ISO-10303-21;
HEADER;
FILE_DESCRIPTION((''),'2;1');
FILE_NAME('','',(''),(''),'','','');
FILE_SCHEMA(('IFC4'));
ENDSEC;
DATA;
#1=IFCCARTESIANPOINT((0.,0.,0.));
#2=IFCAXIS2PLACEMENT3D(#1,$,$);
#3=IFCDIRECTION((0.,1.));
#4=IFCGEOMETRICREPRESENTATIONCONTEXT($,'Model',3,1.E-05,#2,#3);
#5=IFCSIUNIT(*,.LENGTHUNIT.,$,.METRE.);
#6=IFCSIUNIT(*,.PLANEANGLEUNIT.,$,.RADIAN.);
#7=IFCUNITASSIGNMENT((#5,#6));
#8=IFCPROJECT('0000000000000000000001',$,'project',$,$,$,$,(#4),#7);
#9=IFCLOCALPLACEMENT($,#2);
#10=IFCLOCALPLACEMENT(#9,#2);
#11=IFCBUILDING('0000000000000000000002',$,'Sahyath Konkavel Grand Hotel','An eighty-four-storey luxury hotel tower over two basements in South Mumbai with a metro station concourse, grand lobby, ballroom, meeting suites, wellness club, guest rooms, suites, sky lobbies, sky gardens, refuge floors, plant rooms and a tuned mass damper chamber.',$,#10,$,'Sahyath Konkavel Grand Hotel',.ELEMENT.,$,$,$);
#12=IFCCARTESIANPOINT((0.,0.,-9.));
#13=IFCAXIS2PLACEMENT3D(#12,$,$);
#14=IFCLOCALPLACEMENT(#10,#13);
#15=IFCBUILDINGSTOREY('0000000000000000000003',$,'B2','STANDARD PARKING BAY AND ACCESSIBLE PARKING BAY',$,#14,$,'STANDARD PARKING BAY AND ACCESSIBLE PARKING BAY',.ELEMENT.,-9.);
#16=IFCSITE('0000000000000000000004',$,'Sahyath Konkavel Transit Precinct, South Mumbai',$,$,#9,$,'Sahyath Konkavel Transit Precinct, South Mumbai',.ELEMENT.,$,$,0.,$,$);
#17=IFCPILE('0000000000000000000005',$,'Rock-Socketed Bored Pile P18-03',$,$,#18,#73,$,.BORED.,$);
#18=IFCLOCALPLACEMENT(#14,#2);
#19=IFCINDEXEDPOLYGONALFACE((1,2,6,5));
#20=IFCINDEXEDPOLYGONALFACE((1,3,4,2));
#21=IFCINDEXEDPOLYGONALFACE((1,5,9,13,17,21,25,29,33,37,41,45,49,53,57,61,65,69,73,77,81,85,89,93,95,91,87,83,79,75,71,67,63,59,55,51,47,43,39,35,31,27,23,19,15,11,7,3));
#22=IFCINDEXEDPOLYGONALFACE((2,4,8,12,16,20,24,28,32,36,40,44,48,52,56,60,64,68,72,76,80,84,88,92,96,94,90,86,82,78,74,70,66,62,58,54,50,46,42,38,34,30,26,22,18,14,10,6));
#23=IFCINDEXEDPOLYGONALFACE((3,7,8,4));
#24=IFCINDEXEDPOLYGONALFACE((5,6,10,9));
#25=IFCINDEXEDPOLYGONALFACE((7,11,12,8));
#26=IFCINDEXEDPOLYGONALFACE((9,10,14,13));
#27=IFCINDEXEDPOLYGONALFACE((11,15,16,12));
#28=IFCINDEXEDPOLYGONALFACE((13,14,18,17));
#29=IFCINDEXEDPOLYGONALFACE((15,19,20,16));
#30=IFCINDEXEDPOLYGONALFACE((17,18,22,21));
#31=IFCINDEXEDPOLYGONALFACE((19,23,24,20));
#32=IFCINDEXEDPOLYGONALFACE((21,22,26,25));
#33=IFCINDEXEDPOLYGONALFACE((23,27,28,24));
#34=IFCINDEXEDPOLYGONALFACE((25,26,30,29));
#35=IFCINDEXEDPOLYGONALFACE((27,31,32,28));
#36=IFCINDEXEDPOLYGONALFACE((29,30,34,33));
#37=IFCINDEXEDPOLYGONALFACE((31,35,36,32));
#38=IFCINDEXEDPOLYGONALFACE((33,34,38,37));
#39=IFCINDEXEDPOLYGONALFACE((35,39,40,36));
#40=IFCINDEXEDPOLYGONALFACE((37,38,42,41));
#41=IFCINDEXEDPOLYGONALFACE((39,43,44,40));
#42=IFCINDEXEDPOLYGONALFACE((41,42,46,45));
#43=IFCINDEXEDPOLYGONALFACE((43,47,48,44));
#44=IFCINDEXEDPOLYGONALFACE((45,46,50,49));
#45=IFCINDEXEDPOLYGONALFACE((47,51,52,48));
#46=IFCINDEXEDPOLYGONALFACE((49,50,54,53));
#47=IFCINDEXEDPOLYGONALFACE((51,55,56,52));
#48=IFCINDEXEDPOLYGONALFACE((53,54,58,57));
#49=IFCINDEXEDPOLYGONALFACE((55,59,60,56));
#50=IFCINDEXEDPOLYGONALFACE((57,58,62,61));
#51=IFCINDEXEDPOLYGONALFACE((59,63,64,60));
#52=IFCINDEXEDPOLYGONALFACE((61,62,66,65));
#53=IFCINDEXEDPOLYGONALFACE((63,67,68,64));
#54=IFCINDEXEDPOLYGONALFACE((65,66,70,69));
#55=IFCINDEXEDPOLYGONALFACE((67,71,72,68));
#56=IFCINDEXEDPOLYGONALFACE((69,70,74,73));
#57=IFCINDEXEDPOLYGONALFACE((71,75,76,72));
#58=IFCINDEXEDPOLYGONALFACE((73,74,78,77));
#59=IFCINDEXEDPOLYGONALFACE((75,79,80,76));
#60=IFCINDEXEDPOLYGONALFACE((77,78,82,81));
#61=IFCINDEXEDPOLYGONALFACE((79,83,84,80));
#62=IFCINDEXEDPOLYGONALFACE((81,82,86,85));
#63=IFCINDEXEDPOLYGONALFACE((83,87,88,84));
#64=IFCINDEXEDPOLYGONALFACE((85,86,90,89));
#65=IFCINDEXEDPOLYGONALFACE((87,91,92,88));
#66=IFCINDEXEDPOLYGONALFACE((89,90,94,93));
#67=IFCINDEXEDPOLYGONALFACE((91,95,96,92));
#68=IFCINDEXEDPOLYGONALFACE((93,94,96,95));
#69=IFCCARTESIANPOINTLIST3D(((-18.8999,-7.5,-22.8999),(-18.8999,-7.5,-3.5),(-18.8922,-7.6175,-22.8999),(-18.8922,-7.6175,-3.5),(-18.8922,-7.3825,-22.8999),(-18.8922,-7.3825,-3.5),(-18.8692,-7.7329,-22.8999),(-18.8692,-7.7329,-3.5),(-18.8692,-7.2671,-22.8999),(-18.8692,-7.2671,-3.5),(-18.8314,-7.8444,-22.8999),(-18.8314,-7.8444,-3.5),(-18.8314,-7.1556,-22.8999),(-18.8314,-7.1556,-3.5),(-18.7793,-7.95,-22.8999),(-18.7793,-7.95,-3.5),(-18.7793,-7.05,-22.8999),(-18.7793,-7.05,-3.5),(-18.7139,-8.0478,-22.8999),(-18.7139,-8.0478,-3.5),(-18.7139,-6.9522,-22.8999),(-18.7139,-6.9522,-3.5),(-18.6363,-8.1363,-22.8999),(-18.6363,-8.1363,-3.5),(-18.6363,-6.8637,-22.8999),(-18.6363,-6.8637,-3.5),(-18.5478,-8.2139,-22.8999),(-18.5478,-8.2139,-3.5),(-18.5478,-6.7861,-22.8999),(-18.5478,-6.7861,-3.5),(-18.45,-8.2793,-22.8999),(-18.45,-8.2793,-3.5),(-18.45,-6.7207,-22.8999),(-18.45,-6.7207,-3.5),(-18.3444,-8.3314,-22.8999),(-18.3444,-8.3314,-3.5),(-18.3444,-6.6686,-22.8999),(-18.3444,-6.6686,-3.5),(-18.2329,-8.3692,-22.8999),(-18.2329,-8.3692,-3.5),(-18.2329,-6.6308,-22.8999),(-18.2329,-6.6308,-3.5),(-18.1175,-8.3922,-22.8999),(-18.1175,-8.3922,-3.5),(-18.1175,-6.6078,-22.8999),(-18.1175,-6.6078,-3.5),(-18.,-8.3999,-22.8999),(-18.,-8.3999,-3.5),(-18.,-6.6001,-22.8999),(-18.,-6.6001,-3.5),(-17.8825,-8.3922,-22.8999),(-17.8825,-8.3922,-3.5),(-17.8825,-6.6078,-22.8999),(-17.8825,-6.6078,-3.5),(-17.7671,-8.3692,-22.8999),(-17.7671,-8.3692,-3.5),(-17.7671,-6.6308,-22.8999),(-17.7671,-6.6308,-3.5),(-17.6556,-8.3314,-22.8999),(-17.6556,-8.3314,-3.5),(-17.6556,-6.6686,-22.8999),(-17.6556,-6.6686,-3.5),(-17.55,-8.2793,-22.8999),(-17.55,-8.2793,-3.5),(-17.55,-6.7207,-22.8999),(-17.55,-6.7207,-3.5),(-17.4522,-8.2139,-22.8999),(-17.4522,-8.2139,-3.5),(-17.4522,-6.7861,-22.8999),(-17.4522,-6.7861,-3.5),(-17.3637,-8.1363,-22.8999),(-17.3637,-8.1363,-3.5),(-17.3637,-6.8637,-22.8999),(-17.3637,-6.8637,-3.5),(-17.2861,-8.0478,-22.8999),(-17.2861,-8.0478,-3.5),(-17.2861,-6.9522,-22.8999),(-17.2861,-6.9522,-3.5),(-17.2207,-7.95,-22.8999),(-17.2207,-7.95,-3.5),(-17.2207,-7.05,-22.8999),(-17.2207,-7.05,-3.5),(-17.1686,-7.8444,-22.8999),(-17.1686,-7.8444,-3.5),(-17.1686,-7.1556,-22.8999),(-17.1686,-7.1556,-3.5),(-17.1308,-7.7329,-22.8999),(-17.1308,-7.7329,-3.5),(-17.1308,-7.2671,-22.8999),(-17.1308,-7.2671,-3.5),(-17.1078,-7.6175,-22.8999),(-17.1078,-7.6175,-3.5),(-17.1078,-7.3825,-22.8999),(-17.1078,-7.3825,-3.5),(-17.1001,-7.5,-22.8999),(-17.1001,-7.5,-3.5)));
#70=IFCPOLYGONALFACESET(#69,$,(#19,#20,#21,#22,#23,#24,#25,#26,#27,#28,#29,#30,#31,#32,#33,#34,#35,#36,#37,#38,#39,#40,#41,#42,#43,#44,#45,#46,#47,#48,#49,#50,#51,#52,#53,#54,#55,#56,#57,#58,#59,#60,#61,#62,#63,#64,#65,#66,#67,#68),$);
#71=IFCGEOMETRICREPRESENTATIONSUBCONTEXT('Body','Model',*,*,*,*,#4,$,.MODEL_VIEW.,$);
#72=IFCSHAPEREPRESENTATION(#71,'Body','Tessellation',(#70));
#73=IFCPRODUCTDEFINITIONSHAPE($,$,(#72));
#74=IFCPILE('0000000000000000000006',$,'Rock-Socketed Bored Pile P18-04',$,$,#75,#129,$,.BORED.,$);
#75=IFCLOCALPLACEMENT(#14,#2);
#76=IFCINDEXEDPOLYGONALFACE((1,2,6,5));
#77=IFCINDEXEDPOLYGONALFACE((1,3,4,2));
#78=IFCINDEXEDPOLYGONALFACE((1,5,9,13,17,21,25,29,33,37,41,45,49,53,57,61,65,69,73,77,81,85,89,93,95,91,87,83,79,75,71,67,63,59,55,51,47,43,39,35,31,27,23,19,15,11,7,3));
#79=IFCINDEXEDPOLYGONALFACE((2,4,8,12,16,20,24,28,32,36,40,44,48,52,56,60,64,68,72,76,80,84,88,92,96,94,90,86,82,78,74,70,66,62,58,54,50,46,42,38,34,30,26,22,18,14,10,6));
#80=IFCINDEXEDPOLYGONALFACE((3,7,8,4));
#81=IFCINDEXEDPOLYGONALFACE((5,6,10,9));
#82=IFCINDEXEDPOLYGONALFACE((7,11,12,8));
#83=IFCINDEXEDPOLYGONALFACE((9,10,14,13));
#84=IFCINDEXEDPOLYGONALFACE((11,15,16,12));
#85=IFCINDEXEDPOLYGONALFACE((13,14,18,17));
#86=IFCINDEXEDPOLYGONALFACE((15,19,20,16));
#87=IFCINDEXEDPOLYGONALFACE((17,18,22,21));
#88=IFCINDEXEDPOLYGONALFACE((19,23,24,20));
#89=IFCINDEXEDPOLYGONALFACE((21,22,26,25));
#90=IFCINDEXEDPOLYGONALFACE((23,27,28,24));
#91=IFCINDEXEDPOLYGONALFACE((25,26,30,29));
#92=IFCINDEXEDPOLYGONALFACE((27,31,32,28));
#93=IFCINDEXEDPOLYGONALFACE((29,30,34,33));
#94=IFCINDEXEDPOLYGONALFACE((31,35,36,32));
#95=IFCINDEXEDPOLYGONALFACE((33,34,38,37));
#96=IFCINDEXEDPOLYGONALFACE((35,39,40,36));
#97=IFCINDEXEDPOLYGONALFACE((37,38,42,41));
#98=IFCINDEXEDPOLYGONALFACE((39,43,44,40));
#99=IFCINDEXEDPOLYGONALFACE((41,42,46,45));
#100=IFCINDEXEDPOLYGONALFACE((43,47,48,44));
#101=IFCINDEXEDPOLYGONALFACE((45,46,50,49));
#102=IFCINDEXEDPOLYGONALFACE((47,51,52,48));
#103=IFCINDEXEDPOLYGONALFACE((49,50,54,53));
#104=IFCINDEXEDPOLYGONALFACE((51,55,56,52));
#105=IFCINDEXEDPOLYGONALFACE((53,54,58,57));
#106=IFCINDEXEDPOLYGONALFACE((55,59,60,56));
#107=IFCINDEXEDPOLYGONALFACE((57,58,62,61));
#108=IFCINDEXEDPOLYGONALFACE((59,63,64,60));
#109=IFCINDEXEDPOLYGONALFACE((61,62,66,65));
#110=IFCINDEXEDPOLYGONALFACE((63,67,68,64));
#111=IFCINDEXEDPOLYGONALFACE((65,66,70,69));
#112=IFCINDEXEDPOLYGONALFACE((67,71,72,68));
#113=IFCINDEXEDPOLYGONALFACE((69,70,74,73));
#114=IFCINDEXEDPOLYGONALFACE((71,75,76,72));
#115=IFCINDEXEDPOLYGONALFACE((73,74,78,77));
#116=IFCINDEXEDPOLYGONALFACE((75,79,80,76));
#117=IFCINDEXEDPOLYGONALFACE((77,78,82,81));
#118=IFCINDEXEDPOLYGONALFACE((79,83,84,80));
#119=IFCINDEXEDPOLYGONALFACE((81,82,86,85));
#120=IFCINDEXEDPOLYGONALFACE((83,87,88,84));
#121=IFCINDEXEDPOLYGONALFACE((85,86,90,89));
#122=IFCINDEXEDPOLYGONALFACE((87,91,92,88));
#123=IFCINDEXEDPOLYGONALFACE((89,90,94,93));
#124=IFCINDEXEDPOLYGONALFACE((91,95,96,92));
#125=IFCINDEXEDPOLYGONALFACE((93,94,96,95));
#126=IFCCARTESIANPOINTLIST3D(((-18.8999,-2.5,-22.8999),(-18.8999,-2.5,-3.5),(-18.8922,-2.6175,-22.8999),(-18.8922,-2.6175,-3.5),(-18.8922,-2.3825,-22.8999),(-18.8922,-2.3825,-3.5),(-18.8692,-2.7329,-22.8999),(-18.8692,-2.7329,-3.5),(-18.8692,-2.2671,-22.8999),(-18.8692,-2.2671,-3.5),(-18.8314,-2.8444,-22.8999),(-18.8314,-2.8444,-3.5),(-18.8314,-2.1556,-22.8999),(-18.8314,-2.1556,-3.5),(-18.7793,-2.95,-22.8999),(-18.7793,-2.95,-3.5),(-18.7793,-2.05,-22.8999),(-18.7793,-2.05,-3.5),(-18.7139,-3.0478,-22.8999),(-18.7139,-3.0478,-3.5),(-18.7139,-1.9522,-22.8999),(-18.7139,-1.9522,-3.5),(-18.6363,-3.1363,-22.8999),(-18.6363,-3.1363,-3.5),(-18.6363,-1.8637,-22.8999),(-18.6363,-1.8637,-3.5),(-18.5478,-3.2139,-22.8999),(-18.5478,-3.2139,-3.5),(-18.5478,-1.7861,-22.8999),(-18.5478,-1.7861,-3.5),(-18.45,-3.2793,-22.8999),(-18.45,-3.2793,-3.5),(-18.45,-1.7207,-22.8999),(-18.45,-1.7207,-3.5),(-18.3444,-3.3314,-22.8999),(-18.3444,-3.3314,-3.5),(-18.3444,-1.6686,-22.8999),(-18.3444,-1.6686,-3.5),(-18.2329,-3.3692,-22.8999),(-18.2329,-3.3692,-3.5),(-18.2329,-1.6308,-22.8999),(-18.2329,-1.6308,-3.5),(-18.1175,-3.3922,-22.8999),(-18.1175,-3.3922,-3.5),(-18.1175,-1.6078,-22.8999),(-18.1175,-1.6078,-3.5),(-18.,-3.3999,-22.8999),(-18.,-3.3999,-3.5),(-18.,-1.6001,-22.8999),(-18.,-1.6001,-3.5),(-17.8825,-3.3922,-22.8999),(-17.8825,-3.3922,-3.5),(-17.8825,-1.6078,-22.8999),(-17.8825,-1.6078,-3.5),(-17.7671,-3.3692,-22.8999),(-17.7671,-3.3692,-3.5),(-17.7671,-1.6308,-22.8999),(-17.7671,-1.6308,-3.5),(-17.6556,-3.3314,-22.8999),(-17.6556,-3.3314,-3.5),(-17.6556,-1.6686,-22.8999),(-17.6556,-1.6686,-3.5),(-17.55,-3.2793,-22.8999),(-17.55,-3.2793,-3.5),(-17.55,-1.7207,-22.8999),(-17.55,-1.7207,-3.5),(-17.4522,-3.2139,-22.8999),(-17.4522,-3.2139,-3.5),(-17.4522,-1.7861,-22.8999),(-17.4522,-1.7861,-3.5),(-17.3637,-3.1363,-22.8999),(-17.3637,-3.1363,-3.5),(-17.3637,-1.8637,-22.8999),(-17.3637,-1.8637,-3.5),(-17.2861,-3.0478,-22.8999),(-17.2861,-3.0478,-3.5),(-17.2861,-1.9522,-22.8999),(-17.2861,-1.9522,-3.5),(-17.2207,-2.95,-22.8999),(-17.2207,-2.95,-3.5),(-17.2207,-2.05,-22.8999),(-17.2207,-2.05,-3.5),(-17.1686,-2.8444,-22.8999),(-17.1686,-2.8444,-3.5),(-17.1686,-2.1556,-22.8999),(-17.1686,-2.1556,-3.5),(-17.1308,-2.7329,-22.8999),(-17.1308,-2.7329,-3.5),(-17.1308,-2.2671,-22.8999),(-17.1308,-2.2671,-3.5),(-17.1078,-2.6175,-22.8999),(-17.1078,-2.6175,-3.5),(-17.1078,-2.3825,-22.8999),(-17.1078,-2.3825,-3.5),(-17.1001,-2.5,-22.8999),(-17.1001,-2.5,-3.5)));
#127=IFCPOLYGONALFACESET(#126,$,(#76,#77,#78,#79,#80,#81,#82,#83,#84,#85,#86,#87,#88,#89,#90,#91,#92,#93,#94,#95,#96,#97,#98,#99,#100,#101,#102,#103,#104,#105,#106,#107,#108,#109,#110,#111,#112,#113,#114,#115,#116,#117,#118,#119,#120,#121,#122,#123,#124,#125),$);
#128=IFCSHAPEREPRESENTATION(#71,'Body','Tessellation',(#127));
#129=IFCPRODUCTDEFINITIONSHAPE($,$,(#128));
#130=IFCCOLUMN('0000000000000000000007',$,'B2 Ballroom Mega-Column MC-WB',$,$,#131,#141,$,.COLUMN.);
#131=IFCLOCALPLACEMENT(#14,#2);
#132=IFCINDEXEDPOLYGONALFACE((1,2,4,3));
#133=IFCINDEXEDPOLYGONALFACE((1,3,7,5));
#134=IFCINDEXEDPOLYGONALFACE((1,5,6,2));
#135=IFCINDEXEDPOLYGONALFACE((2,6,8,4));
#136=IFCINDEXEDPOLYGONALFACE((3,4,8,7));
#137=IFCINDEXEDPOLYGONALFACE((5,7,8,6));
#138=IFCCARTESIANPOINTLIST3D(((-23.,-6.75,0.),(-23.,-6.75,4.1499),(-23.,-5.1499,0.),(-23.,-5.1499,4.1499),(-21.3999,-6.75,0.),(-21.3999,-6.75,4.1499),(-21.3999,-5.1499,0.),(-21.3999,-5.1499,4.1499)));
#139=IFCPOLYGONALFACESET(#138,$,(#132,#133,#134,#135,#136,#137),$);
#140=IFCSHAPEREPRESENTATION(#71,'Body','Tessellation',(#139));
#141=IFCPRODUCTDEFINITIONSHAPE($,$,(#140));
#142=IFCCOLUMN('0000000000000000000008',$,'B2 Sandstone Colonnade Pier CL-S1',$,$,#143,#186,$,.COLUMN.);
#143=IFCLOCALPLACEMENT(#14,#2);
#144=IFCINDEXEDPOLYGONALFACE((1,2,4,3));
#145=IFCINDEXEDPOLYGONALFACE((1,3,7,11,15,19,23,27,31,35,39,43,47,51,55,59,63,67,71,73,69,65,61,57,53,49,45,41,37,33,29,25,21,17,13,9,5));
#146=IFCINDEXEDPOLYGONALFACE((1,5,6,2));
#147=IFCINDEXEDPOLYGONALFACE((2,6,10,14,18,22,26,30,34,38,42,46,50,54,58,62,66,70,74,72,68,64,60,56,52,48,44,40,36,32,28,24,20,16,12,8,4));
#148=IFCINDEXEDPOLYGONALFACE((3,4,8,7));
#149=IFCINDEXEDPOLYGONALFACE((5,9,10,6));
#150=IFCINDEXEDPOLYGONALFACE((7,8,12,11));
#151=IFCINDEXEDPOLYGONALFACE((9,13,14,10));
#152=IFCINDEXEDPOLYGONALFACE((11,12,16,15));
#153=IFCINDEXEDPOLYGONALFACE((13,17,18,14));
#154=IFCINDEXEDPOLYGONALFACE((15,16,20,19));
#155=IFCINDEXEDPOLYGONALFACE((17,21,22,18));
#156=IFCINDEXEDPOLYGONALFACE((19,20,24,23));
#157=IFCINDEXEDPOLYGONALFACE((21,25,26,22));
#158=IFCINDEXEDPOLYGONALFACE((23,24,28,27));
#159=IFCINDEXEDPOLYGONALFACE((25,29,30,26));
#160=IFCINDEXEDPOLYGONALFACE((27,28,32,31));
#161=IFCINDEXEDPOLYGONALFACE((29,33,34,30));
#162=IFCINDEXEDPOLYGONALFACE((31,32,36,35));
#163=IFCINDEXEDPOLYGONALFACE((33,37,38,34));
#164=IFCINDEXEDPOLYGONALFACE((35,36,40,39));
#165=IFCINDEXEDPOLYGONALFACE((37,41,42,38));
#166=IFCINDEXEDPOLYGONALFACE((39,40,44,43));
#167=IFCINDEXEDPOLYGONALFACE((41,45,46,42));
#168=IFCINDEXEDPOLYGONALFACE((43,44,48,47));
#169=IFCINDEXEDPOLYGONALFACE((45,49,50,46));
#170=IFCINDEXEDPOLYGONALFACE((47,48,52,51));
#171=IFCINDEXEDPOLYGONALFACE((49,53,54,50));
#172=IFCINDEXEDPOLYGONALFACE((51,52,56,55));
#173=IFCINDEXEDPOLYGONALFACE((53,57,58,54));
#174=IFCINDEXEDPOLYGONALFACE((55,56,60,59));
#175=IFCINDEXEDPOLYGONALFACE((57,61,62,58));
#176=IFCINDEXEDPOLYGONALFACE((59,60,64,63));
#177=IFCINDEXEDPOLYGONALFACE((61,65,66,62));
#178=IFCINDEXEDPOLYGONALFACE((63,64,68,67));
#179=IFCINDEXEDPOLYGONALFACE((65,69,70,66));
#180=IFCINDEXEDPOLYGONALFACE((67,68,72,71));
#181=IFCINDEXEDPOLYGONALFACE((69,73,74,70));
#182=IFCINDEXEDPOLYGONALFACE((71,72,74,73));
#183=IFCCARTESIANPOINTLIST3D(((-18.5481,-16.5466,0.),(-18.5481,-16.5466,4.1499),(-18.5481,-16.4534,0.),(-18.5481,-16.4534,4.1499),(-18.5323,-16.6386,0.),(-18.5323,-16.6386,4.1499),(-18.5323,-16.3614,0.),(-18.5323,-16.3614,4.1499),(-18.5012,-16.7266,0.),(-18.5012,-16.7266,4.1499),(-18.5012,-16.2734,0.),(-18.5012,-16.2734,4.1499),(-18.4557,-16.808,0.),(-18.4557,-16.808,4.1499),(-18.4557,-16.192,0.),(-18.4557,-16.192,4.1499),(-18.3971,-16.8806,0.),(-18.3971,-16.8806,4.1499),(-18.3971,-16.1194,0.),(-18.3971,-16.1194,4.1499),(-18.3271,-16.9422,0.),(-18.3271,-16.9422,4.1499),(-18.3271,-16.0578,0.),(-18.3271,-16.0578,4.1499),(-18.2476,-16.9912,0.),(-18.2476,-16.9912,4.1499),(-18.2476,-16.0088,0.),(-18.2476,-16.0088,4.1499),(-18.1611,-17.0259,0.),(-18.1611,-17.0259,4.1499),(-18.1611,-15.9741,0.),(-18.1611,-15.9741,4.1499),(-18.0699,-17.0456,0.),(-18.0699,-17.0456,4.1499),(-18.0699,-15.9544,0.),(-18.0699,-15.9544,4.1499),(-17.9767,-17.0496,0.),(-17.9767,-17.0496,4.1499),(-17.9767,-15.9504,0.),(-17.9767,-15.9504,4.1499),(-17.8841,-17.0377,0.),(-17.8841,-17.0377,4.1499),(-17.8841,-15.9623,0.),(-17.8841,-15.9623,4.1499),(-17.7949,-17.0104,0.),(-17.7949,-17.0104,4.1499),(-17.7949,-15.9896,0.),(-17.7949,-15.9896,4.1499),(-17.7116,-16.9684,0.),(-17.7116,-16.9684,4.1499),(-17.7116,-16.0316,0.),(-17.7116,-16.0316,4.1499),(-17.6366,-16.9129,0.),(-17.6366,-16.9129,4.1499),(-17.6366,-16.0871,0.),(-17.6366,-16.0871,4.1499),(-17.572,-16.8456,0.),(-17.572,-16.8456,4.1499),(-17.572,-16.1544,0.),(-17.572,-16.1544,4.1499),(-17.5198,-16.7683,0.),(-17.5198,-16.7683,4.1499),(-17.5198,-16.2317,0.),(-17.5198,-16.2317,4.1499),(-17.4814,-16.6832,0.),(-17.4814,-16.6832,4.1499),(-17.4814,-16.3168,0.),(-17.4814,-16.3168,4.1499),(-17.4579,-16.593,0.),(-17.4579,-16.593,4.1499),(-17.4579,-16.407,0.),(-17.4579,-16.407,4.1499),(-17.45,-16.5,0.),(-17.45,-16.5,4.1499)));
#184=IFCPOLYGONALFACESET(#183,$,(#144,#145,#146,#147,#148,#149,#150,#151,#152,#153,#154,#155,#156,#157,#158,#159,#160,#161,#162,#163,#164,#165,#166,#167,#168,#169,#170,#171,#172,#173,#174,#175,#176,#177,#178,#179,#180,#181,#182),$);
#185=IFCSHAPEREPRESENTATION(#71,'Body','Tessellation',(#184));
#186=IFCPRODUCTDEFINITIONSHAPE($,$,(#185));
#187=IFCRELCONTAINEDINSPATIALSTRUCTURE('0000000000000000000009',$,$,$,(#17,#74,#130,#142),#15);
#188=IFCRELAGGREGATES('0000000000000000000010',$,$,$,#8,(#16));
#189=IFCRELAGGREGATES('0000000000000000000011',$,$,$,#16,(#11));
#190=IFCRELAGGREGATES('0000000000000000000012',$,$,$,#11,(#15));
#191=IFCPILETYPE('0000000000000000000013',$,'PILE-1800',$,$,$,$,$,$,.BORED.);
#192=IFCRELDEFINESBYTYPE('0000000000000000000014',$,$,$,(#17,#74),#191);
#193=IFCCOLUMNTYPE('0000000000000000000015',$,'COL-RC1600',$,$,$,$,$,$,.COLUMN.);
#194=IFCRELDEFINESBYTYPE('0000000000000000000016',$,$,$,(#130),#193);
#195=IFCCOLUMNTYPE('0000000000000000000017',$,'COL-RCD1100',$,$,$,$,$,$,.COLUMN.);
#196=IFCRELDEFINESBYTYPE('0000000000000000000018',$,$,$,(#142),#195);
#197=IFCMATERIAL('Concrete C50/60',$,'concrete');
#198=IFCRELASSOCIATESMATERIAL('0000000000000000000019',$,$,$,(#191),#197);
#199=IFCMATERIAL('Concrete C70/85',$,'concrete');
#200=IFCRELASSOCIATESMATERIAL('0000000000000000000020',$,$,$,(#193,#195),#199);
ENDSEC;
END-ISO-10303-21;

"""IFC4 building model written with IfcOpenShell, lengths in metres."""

from ifc_helpers import new_model, si_unit, direction, frame, origin, origin_2d, place, context, subcontext, project, spatial, rectangle, circle, extrude, source, transform, mapped, material, material_profile, profile_set, type_object, element, save


model = new_model("IFC4")

# Units and contexts
model_context = context("Model", 3, precision=1e-05, world=origin(), true_north=direction((0.0, 1.0)))
body_context = subcontext(model_context, "Body", "Model", "MODEL_VIEW")
ifc_project = project(units=[si_unit("LENGTHUNIT", "METRE"), si_unit("PLANEANGLEUNIT", "RADIAN")], contexts=[model_context])

# Site, building, storey
site_placement = place(None, origin())
site = spatial("IfcSite", under=ifc_project, at=site_placement, Name="Sahyath Konkavel Transit Precinct, South Mumbai", LongName="Sahyath Konkavel Transit Precinct, South Mumbai", CompositionType="ELEMENT", RefElevation=0.0)
building_placement = place(site_placement, origin())
building = spatial("IfcBuilding", under=site, at=building_placement, Name="Sahyath Konkavel Grand Hotel", Description="An eighty-four-storey luxury hotel tower over two basements in South Mumbai with a metro station concourse, grand lobby, ballroom, meeting suites, wellness club, guest rooms, suites, sky lobbies, sky gardens, refuge floors, plant rooms and a tuned mass damper chamber.", LongName="Sahyath Konkavel Grand Hotel", CompositionType="ELEMENT")
storey_placement = place(building_placement, frame((0.0, 0.0, -9.0)))
storey = spatial("IfcBuildingStorey", under=building, at=storey_placement, Name="B2", Description="STANDARD PARKING BAY AND ACCESSIBLE PARKING BAY", LongName="STANDARD PARKING BAY AND ACCESSIBLE PARKING BAY", CompositionType="ELEMENT", Elevation=-9.0)

# Piles
ifc_material_1 = material(Name="Concrete C50/60", Category="concrete")
ifc_material_profile_1 = material_profile(ifc_material_1, circle(Radius=0.8999, at=origin_2d()), Name="PILE D1800")
ifc_profile_set_1 = profile_set([ifc_material_profile_1], Name="Concrete C50/60")
pile_type_1 = type_object("IfcPileType", Name="PILE-1800", PredefinedType="BORED", material=ifc_profile_set_1)
for number, where, z_axis, x_axis, name in (
    (1, (-18.0, -7.5, -3.5), (0.0, 0.0, -1.0), (1.0, 0.0, 0.0), "Rock-Socketed Bored Pile P18-03"),
    (2, (-18.0, -2.5, -3.5), (0.0, 0.0, -1.0), (1.0, 0.0, 0.0), "Rock-Socketed Bored Pile P18-04"),
):
    element("IfcPile", number, at=place(storey_placement, frame(where, z_axis=z_axis, x_axis=x_axis)), inside=storey, type_object=pile_type_1, Name=name, PredefinedType="BORED", context=body_context, shape_type="SweptSolid", body=[
        extrude(circle(Radius=0.8999, at=origin_2d()), origin(), (0.0, 0.0, 1.0), 19.3999),
    ])

# Columns
ifc_material_2 = material(Name="Concrete C70/85", Category="concrete")
ifc_material_profile_2 = material_profile(ifc_material_2, rectangle(XDim=1.6001, YDim=1.6001, at=origin_2d()), Name="RC 1600x1600")
ifc_profile_set_2 = profile_set([ifc_material_profile_2], Name="Concrete C70/85")
column_type_1 = type_object("IfcColumnType", Name="COL-RC1600", PredefinedType="COLUMN", material=ifc_profile_set_2)
shared_shape_1 = source(origin(), body_context, "Body", "SweptSolid", [
    extrude(rectangle(XDim=1.6001, YDim=1.6001, at=origin_2d()), origin(), (0.0, 0.0, 1.0), 4.1499),
])
column_1_placement = place(storey_placement, frame((-22.2, -5.95, 0.0), z_axis=(0.0, 0.0, 1.0), x_axis=(1.0, 0.0, 0.0)))
element("IfcColumn", 3, at=column_1_placement, inside=storey, type_object=column_type_1, Name="B2 Ballroom Mega-Column MC-WB", PredefinedType="COLUMN", context=body_context, shape_type="MappedRepresentation", body=[
    mapped(shared_shape_1, transform((0.0, 0.0, 0.0), scale=1.0)),
])
ifc_material_profile_3 = material_profile(ifc_material_2, circle(Radius=0.55, at=origin_2d()), Name="RC D1100")
ifc_profile_set_3 = profile_set([ifc_material_profile_3], Name="Concrete C70/85")
column_type_2 = type_object("IfcColumnType", Name="COL-RCD1100", PredefinedType="COLUMN", material=ifc_profile_set_3)
shared_shape_2 = source(origin(), body_context, "Body", "SweptSolid", [
    extrude(circle(Radius=0.55, at=origin_2d()), origin(), (0.0, 0.0, 1.0), 4.1499),
])
column_2_placement = place(storey_placement, frame((-18.0, -16.5, 0.0), z_axis=(0.0, 0.0, 1.0), x_axis=(1.0, 0.0, 0.0)))
element("IfcColumn", 4, at=column_2_placement, inside=storey, type_object=column_type_2, Name="B2 Sandstone Colonnade Pier CL-S1", PredefinedType="COLUMN", context=body_context, shape_type="MappedRepresentation", body=[
    mapped(shared_shape_2, transform((0.0, 0.0, 0.0), scale=1.0)),
])

save(model, "model.ifc")
